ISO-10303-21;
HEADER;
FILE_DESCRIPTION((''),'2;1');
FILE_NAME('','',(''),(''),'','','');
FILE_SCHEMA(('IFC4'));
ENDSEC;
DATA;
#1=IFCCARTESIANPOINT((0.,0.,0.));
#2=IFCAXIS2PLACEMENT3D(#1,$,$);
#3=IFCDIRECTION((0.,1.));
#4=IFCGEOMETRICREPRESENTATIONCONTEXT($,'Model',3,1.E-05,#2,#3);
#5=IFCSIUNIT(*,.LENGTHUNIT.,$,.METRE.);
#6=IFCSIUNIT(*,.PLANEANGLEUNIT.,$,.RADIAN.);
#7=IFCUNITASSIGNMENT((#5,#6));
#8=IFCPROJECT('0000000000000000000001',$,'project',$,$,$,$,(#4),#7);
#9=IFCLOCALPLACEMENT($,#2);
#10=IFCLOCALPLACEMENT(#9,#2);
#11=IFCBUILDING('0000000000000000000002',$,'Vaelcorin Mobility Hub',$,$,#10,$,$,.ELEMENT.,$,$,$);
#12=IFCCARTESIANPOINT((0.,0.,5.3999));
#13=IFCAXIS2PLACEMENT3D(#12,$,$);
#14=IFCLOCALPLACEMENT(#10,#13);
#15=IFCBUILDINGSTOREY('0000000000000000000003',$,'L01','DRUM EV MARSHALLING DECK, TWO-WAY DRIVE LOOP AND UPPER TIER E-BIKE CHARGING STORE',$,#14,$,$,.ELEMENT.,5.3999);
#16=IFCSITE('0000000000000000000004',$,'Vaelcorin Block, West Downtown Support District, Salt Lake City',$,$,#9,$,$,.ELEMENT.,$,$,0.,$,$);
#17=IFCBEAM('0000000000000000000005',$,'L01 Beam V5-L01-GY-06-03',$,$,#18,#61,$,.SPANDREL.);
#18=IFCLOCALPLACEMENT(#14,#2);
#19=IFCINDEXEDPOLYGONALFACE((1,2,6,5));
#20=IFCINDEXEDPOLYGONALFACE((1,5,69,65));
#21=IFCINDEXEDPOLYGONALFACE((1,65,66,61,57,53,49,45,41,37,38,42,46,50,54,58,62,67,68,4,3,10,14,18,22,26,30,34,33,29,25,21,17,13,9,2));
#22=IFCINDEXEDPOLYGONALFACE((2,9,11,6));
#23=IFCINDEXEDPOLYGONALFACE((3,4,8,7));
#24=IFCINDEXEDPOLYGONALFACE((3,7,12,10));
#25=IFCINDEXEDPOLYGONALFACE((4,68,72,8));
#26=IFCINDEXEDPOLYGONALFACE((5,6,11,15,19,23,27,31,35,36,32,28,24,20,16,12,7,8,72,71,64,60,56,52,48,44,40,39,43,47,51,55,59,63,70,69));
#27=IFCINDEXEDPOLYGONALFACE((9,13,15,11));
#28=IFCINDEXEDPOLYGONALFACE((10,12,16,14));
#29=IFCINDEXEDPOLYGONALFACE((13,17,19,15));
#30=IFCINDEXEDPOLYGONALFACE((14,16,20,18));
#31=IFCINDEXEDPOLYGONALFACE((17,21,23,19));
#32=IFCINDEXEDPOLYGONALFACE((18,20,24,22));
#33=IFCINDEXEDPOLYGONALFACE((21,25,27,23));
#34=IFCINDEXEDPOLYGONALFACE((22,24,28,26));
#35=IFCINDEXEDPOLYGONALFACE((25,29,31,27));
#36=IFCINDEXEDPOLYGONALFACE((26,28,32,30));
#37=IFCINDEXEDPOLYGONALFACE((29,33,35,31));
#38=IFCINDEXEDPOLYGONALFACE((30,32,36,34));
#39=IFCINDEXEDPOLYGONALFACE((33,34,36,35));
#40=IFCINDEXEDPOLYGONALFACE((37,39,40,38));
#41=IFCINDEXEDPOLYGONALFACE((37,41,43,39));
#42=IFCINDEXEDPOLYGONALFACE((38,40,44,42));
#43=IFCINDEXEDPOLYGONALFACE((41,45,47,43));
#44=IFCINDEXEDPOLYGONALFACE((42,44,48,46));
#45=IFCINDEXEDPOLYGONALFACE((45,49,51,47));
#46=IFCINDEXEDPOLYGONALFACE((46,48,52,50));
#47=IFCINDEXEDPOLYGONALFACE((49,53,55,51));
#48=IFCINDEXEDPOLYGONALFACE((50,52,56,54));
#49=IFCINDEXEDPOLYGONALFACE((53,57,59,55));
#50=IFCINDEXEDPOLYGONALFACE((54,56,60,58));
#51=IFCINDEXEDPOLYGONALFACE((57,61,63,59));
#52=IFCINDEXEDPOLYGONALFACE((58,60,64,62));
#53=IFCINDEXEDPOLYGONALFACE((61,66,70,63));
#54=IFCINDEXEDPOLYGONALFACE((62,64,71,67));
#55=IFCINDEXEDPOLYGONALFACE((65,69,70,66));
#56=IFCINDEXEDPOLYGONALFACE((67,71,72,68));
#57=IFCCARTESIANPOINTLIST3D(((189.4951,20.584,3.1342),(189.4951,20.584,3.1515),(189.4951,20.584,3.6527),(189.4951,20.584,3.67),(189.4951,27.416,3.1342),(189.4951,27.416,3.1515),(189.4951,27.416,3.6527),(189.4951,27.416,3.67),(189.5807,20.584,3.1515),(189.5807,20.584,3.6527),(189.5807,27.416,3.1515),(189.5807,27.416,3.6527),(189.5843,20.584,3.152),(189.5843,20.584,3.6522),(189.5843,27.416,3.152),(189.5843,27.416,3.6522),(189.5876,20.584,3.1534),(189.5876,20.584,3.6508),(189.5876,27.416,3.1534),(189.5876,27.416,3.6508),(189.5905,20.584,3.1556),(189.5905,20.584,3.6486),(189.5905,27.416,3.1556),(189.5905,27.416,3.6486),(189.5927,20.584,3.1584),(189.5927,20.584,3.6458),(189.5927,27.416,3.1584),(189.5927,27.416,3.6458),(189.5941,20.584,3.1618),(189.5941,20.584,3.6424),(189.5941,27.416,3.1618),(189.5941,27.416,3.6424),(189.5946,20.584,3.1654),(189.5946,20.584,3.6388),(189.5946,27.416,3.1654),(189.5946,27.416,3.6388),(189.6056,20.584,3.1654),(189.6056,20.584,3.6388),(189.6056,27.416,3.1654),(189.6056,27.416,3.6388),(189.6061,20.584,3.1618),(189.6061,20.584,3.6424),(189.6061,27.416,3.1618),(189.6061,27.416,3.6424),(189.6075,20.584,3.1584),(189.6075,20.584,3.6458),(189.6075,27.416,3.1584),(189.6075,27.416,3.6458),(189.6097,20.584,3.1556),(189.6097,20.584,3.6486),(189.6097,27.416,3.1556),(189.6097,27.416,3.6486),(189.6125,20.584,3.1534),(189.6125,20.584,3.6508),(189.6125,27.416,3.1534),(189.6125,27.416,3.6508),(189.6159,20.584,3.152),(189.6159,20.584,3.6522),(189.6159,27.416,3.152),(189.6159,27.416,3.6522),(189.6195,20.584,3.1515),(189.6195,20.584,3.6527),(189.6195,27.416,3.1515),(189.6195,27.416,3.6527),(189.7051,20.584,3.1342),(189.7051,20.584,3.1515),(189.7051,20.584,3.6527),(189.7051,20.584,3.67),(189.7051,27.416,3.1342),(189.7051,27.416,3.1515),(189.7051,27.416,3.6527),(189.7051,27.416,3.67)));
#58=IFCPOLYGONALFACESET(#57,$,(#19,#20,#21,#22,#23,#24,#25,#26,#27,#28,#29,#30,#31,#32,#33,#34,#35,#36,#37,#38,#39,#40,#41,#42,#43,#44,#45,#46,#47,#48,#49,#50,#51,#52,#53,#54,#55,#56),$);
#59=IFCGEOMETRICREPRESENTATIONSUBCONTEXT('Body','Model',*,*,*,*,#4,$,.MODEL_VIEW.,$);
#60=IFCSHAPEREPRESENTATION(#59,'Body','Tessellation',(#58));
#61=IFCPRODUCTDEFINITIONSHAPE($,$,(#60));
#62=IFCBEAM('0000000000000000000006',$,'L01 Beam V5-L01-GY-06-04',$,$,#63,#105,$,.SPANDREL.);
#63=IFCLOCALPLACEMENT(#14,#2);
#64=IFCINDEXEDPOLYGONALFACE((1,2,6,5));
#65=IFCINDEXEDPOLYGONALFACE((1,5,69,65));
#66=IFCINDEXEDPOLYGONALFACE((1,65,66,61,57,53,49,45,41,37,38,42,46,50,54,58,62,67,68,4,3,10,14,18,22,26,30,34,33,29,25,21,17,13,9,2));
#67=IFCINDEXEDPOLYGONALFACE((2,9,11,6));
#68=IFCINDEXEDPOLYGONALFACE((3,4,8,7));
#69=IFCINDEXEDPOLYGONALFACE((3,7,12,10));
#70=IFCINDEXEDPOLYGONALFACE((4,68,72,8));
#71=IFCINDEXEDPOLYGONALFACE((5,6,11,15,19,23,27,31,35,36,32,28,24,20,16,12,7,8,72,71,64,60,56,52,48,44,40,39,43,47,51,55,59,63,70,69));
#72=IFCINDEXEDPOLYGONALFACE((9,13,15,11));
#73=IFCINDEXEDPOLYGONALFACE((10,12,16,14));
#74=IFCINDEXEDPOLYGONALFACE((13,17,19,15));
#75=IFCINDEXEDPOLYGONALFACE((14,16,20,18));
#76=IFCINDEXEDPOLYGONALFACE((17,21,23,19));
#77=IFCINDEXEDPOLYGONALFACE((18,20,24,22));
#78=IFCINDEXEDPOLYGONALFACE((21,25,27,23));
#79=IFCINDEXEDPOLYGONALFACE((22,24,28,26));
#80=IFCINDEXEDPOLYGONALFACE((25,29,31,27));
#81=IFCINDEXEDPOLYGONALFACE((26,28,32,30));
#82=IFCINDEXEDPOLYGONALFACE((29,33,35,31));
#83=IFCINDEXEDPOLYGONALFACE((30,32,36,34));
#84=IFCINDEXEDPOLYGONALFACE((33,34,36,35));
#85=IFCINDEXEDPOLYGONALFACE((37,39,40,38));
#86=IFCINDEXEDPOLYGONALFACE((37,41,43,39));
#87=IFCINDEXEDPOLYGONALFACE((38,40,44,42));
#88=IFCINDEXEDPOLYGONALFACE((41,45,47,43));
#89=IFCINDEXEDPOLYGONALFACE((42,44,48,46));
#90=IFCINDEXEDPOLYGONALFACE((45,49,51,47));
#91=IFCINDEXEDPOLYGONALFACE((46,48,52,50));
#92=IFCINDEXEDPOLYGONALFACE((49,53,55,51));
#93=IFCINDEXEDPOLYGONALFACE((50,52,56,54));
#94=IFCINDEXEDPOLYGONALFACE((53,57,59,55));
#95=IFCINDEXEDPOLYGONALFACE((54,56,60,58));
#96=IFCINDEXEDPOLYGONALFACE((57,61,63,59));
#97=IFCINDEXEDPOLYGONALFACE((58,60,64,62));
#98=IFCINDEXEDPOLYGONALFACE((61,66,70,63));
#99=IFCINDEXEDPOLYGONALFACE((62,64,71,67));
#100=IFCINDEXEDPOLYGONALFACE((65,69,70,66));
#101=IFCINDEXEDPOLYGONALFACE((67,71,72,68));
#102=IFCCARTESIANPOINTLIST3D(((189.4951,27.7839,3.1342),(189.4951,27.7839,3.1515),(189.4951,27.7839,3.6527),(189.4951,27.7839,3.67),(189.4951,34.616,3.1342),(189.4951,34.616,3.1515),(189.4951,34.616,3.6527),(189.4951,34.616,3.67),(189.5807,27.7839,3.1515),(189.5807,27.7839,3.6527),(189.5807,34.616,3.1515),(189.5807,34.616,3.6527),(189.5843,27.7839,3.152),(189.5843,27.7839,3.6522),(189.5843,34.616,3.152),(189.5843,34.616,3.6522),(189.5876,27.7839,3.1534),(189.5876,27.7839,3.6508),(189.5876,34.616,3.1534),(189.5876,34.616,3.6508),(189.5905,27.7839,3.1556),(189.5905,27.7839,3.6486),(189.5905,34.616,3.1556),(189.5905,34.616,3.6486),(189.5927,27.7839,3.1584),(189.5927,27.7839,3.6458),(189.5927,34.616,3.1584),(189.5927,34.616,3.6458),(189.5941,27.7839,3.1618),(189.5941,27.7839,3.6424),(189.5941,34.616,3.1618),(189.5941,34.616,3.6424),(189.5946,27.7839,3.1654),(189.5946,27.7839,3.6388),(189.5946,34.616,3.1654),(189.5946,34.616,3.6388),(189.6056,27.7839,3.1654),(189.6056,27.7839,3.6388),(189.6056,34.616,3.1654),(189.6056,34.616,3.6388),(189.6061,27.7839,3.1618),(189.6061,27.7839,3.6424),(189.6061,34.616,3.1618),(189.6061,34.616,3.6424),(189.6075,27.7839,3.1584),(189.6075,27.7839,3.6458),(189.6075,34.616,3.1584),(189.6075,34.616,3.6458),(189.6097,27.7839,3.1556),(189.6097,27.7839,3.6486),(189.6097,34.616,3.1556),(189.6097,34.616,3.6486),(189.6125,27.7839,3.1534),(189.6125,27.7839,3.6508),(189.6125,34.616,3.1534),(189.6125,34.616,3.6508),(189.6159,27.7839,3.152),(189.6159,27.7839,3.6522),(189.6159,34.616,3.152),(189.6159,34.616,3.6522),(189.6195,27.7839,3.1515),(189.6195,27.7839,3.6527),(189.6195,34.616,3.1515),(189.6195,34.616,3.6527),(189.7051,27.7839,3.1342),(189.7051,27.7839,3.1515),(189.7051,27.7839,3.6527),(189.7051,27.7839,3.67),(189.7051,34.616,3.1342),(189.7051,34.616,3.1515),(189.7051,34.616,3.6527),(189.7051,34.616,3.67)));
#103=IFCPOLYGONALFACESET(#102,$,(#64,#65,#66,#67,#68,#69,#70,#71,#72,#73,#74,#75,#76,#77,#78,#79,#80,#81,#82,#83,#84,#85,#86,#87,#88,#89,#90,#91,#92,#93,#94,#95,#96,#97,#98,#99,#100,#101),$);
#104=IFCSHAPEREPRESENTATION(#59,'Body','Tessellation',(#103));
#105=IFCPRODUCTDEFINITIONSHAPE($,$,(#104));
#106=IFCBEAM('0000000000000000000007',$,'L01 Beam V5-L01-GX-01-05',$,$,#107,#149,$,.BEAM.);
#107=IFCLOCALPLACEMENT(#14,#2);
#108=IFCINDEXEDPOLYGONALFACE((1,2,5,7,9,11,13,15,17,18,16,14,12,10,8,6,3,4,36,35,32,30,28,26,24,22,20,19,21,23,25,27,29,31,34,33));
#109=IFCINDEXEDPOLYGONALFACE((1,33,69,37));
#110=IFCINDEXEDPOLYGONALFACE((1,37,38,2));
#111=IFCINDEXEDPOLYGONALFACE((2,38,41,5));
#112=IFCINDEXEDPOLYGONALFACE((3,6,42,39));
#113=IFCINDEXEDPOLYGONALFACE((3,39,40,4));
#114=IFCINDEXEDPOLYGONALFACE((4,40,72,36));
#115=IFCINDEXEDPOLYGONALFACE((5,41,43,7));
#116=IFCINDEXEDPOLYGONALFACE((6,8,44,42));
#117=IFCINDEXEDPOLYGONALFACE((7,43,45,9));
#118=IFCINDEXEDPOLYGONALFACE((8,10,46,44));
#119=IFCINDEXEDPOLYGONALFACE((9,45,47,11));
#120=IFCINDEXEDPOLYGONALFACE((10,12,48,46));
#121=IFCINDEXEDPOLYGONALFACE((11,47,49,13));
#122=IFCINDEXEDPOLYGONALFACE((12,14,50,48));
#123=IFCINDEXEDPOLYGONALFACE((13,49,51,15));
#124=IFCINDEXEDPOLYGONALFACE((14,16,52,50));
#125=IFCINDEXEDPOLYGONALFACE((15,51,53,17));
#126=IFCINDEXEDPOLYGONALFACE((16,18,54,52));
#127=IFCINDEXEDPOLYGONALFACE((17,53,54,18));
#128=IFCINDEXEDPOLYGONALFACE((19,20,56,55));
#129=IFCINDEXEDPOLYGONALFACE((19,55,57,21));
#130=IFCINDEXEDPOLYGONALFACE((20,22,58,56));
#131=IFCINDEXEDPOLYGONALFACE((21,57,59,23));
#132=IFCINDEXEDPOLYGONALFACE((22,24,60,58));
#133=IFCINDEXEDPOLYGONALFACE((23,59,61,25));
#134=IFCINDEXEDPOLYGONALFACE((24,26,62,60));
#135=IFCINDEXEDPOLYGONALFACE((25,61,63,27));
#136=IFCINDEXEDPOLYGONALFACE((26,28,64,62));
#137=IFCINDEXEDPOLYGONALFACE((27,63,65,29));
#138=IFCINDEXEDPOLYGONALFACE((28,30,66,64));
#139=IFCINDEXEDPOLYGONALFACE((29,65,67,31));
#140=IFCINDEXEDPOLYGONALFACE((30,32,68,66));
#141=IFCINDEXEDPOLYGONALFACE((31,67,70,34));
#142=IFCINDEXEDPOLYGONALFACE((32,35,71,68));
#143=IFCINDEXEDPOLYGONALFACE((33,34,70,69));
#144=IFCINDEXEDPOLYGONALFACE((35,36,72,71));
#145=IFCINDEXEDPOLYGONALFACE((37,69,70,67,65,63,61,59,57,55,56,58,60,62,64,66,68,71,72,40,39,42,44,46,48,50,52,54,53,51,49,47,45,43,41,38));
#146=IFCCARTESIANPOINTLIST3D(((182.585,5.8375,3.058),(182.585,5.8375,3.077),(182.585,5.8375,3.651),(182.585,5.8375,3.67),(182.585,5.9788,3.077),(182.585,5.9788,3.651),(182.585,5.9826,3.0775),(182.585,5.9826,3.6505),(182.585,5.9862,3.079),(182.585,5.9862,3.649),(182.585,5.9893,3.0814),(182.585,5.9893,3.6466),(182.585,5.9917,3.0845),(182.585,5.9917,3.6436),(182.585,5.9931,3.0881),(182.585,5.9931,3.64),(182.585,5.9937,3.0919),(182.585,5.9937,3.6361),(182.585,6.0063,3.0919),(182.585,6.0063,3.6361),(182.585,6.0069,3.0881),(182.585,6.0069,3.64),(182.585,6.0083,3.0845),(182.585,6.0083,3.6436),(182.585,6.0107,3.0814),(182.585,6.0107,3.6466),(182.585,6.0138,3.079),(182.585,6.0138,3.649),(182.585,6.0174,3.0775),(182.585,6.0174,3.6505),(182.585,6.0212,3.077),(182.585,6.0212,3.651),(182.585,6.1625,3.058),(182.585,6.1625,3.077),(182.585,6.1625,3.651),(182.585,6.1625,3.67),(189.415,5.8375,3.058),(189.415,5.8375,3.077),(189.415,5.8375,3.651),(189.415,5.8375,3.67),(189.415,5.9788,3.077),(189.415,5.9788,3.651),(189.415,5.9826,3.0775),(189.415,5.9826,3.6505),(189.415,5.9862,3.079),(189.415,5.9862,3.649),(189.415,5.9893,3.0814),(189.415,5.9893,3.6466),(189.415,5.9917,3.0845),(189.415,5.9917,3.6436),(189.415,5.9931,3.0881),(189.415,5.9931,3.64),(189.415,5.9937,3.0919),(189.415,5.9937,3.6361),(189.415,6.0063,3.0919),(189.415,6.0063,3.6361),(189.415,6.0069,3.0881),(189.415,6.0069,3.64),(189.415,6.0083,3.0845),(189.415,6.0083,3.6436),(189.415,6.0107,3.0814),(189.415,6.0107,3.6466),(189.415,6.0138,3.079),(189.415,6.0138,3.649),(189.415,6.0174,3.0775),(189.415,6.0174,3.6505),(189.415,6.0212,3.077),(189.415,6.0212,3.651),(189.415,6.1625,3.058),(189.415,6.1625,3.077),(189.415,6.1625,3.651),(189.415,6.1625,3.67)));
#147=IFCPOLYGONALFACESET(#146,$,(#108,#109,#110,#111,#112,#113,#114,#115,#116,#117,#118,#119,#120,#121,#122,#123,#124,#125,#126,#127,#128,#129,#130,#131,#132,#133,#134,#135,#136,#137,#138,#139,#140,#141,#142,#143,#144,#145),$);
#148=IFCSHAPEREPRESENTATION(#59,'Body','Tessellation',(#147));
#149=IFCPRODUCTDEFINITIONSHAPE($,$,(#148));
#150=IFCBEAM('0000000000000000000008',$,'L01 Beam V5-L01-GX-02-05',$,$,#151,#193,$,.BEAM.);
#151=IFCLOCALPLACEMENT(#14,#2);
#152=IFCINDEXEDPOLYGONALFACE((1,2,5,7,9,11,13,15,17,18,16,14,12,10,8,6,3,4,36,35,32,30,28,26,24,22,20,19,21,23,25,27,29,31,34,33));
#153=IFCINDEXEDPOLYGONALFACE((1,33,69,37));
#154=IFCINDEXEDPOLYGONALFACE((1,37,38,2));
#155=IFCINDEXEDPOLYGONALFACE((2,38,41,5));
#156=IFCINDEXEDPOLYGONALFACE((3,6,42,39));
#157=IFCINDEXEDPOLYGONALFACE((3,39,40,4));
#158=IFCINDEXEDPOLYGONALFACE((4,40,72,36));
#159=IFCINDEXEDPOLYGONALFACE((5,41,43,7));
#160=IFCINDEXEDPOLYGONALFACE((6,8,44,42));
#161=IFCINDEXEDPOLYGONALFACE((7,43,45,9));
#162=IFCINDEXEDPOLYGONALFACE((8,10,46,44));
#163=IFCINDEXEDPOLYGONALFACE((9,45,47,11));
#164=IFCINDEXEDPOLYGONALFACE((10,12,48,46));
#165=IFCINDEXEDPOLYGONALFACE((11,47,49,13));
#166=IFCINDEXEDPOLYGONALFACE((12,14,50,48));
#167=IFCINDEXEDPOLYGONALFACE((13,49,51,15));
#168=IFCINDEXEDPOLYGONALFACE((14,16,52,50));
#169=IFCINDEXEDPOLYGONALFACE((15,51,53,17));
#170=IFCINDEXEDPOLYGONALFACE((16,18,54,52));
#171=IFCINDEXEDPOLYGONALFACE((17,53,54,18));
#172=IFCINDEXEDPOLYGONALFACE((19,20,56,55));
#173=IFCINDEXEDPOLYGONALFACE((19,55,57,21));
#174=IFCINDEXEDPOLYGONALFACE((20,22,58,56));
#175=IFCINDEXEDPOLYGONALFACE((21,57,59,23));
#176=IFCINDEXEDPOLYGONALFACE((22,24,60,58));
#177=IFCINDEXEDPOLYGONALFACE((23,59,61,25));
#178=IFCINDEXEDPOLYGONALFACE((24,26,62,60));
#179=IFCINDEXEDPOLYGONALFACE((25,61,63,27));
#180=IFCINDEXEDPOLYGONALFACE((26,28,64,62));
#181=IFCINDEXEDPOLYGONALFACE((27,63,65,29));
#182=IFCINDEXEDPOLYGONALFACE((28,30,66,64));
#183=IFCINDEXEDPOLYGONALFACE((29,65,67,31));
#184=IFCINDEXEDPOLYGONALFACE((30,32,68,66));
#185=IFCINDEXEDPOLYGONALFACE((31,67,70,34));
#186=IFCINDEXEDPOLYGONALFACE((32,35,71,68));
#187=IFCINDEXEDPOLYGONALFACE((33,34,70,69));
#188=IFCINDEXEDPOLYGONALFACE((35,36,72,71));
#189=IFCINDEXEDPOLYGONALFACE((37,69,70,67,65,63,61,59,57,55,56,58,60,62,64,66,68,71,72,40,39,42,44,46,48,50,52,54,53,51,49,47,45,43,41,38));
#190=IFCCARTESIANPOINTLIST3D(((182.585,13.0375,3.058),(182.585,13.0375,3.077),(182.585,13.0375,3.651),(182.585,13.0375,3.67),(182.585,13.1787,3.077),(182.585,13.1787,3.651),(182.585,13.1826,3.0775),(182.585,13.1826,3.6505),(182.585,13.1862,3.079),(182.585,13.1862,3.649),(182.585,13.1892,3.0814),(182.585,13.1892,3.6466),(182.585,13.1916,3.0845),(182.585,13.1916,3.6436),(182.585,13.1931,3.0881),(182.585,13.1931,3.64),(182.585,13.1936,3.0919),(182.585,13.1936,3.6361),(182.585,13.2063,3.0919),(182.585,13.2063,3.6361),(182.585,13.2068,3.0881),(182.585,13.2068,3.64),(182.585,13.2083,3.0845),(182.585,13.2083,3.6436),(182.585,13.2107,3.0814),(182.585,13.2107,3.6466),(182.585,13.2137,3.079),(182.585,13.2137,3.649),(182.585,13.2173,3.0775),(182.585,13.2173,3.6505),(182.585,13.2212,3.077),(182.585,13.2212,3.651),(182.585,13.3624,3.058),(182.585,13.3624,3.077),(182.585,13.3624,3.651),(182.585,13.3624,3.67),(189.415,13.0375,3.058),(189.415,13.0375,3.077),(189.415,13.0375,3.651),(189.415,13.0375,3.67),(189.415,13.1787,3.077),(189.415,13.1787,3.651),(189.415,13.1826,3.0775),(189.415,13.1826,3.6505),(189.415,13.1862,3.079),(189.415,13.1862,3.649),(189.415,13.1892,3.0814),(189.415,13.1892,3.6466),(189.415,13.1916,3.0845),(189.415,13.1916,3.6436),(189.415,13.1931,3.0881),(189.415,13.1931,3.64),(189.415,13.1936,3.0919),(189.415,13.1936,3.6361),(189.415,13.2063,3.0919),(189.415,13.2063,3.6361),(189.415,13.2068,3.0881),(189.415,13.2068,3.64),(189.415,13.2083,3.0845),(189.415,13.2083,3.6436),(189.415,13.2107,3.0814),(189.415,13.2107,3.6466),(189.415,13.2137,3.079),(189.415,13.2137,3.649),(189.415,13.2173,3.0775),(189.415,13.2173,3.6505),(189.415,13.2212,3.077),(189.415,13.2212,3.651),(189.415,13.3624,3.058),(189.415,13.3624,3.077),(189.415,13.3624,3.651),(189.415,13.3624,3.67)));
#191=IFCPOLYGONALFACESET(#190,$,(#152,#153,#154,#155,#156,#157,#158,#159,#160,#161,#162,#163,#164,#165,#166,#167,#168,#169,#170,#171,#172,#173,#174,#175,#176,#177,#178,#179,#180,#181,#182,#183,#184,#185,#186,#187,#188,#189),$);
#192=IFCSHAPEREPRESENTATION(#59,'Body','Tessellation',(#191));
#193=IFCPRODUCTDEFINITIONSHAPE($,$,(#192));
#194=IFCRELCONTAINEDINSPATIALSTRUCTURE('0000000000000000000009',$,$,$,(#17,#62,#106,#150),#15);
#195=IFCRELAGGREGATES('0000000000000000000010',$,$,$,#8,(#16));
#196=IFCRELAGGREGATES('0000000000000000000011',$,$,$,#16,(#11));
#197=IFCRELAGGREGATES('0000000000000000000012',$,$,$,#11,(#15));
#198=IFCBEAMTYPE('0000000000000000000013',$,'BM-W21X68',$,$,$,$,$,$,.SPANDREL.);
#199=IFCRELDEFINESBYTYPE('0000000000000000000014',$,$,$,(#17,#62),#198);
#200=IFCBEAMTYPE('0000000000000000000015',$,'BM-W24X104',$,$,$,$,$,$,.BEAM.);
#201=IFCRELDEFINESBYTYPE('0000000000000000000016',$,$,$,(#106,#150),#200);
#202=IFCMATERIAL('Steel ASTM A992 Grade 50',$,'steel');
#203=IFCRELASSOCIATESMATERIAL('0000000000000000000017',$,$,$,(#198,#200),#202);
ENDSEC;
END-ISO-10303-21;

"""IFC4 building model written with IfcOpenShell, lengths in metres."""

from ifc_helpers import new_model, si_unit, direction, frame, origin, origin_2d, place, context, subcontext, project, spatial, i_section, extrude, material, material_profile, profile_set, type_object, element, save


model = new_model("IFC4")

# Units and contexts
model_context = context("Model", 3, precision=1e-05, world=origin(), true_north=direction((0.0, 1.0)))
body_context = subcontext(model_context, "Body", "Model", "MODEL_VIEW")
ifc_project = project(units=[si_unit("LENGTHUNIT", "METRE"), si_unit("PLANEANGLEUNIT", "RADIAN")], contexts=[model_context])

# Site, building, storey
site_placement = place(None, origin())
site = spatial("IfcSite", under=ifc_project, at=site_placement, Name="Vaelcorin Block, West Downtown Support District, Salt Lake City", CompositionType="ELEMENT", RefElevation=0.0)
building_placement = place(site_placement, origin())
building = spatial("IfcBuilding", under=site, at=building_placement, Name="Vaelcorin Mobility Hub", CompositionType="ELEMENT")
storey_placement = place(building_placement, frame((0.0, 0.0, 5.3999)))
storey = spatial("IfcBuildingStorey", under=building, at=storey_placement, Name="L01", Description="DRUM EV MARSHALLING DECK, TWO-WAY DRIVE LOOP AND UPPER TIER E-BIKE CHARGING STORE", CompositionType="ELEMENT", Elevation=5.3999)

# Shared definitions
ifc_material_1 = material(Name="Steel ASTM A992 Grade 50", Category="steel")

# Beams
ifc_material_profile_1 = material_profile(ifc_material_1, i_section(OverallWidth=0.21, OverallDepth=0.5359, WebThickness=0.011, FlangeThickness=0.0173, FilletRadius=0.0139, at=origin_2d()), Name="W21X68")
ifc_profile_set_1 = profile_set([ifc_material_profile_1], Name="Steel ASTM A992 Grade 50")
beam_type_1 = type_object("IfcBeamType", Name="BM-W21X68", PredefinedType="SPANDREL", material=ifc_profile_set_1)
for number, where, z_axis, x_axis, name in (
    (1, (189.6001, 20.584, 3.4021), (0.0, 1.0, 0.0), (-1.0, 0.0, 0.0), "L01 Beam V5-L01-GY-06-03"),
    (2, (189.6001, 27.7839, 3.4021), (0.0, 1.0, 0.0), (-1.0, 0.0, 0.0), "L01 Beam V5-L01-GY-06-04"),
):
    element("IfcBeam", number, at=place(storey_placement, frame(where, z_axis=z_axis, x_axis=x_axis)), inside=storey, type_object=beam_type_1, Name=name, PredefinedType="SPANDREL", context=body_context, shape_type="SweptSolid", body=[
        extrude(i_section(OverallWidth=0.21, OverallDepth=0.5359, WebThickness=0.011, FlangeThickness=0.0173, FilletRadius=0.0139, at=origin_2d()), origin(), (0.0, 0.0, 1.0), 6.832),
    ])
ifc_material_profile_2 = material_profile(ifc_material_1, i_section(OverallWidth=0.325, OverallDepth=0.6121, WebThickness=0.0127, FlangeThickness=0.019, FilletRadius=0.0149, at=origin_2d()), Name="W24X104")
ifc_profile_set_2 = profile_set([ifc_material_profile_2], Name="Steel ASTM A992 Grade 50")
beam_type_2 = type_object("IfcBeamType", Name="BM-W24X104", PredefinedType="BEAM", material=ifc_profile_set_2)
for number, where, z_axis, x_axis, name in (
    (3, (182.585, 6.0, 3.364), (1.0, 0.0, 0.0), (0.0, 1.0, 0.0), "L01 Beam V5-L01-GX-01-05"),
    (4, (182.585, 13.2, 3.364), (1.0, 0.0, 0.0), (0.0, 1.0, 0.0), "L01 Beam V5-L01-GX-02-05"),
):
    element("IfcBeam", number, at=place(storey_placement, frame(where, z_axis=z_axis, x_axis=x_axis)), inside=storey, type_object=beam_type_2, Name=name, PredefinedType="BEAM", context=body_context, shape_type="SweptSolid", body=[
        extrude(i_section(OverallWidth=0.325, OverallDepth=0.6121, WebThickness=0.0127, FlangeThickness=0.019, FilletRadius=0.0149, at=origin_2d()), origin(), (0.0, 0.0, 1.0), 6.8301),
    ])

save(model, "model.ifc")
